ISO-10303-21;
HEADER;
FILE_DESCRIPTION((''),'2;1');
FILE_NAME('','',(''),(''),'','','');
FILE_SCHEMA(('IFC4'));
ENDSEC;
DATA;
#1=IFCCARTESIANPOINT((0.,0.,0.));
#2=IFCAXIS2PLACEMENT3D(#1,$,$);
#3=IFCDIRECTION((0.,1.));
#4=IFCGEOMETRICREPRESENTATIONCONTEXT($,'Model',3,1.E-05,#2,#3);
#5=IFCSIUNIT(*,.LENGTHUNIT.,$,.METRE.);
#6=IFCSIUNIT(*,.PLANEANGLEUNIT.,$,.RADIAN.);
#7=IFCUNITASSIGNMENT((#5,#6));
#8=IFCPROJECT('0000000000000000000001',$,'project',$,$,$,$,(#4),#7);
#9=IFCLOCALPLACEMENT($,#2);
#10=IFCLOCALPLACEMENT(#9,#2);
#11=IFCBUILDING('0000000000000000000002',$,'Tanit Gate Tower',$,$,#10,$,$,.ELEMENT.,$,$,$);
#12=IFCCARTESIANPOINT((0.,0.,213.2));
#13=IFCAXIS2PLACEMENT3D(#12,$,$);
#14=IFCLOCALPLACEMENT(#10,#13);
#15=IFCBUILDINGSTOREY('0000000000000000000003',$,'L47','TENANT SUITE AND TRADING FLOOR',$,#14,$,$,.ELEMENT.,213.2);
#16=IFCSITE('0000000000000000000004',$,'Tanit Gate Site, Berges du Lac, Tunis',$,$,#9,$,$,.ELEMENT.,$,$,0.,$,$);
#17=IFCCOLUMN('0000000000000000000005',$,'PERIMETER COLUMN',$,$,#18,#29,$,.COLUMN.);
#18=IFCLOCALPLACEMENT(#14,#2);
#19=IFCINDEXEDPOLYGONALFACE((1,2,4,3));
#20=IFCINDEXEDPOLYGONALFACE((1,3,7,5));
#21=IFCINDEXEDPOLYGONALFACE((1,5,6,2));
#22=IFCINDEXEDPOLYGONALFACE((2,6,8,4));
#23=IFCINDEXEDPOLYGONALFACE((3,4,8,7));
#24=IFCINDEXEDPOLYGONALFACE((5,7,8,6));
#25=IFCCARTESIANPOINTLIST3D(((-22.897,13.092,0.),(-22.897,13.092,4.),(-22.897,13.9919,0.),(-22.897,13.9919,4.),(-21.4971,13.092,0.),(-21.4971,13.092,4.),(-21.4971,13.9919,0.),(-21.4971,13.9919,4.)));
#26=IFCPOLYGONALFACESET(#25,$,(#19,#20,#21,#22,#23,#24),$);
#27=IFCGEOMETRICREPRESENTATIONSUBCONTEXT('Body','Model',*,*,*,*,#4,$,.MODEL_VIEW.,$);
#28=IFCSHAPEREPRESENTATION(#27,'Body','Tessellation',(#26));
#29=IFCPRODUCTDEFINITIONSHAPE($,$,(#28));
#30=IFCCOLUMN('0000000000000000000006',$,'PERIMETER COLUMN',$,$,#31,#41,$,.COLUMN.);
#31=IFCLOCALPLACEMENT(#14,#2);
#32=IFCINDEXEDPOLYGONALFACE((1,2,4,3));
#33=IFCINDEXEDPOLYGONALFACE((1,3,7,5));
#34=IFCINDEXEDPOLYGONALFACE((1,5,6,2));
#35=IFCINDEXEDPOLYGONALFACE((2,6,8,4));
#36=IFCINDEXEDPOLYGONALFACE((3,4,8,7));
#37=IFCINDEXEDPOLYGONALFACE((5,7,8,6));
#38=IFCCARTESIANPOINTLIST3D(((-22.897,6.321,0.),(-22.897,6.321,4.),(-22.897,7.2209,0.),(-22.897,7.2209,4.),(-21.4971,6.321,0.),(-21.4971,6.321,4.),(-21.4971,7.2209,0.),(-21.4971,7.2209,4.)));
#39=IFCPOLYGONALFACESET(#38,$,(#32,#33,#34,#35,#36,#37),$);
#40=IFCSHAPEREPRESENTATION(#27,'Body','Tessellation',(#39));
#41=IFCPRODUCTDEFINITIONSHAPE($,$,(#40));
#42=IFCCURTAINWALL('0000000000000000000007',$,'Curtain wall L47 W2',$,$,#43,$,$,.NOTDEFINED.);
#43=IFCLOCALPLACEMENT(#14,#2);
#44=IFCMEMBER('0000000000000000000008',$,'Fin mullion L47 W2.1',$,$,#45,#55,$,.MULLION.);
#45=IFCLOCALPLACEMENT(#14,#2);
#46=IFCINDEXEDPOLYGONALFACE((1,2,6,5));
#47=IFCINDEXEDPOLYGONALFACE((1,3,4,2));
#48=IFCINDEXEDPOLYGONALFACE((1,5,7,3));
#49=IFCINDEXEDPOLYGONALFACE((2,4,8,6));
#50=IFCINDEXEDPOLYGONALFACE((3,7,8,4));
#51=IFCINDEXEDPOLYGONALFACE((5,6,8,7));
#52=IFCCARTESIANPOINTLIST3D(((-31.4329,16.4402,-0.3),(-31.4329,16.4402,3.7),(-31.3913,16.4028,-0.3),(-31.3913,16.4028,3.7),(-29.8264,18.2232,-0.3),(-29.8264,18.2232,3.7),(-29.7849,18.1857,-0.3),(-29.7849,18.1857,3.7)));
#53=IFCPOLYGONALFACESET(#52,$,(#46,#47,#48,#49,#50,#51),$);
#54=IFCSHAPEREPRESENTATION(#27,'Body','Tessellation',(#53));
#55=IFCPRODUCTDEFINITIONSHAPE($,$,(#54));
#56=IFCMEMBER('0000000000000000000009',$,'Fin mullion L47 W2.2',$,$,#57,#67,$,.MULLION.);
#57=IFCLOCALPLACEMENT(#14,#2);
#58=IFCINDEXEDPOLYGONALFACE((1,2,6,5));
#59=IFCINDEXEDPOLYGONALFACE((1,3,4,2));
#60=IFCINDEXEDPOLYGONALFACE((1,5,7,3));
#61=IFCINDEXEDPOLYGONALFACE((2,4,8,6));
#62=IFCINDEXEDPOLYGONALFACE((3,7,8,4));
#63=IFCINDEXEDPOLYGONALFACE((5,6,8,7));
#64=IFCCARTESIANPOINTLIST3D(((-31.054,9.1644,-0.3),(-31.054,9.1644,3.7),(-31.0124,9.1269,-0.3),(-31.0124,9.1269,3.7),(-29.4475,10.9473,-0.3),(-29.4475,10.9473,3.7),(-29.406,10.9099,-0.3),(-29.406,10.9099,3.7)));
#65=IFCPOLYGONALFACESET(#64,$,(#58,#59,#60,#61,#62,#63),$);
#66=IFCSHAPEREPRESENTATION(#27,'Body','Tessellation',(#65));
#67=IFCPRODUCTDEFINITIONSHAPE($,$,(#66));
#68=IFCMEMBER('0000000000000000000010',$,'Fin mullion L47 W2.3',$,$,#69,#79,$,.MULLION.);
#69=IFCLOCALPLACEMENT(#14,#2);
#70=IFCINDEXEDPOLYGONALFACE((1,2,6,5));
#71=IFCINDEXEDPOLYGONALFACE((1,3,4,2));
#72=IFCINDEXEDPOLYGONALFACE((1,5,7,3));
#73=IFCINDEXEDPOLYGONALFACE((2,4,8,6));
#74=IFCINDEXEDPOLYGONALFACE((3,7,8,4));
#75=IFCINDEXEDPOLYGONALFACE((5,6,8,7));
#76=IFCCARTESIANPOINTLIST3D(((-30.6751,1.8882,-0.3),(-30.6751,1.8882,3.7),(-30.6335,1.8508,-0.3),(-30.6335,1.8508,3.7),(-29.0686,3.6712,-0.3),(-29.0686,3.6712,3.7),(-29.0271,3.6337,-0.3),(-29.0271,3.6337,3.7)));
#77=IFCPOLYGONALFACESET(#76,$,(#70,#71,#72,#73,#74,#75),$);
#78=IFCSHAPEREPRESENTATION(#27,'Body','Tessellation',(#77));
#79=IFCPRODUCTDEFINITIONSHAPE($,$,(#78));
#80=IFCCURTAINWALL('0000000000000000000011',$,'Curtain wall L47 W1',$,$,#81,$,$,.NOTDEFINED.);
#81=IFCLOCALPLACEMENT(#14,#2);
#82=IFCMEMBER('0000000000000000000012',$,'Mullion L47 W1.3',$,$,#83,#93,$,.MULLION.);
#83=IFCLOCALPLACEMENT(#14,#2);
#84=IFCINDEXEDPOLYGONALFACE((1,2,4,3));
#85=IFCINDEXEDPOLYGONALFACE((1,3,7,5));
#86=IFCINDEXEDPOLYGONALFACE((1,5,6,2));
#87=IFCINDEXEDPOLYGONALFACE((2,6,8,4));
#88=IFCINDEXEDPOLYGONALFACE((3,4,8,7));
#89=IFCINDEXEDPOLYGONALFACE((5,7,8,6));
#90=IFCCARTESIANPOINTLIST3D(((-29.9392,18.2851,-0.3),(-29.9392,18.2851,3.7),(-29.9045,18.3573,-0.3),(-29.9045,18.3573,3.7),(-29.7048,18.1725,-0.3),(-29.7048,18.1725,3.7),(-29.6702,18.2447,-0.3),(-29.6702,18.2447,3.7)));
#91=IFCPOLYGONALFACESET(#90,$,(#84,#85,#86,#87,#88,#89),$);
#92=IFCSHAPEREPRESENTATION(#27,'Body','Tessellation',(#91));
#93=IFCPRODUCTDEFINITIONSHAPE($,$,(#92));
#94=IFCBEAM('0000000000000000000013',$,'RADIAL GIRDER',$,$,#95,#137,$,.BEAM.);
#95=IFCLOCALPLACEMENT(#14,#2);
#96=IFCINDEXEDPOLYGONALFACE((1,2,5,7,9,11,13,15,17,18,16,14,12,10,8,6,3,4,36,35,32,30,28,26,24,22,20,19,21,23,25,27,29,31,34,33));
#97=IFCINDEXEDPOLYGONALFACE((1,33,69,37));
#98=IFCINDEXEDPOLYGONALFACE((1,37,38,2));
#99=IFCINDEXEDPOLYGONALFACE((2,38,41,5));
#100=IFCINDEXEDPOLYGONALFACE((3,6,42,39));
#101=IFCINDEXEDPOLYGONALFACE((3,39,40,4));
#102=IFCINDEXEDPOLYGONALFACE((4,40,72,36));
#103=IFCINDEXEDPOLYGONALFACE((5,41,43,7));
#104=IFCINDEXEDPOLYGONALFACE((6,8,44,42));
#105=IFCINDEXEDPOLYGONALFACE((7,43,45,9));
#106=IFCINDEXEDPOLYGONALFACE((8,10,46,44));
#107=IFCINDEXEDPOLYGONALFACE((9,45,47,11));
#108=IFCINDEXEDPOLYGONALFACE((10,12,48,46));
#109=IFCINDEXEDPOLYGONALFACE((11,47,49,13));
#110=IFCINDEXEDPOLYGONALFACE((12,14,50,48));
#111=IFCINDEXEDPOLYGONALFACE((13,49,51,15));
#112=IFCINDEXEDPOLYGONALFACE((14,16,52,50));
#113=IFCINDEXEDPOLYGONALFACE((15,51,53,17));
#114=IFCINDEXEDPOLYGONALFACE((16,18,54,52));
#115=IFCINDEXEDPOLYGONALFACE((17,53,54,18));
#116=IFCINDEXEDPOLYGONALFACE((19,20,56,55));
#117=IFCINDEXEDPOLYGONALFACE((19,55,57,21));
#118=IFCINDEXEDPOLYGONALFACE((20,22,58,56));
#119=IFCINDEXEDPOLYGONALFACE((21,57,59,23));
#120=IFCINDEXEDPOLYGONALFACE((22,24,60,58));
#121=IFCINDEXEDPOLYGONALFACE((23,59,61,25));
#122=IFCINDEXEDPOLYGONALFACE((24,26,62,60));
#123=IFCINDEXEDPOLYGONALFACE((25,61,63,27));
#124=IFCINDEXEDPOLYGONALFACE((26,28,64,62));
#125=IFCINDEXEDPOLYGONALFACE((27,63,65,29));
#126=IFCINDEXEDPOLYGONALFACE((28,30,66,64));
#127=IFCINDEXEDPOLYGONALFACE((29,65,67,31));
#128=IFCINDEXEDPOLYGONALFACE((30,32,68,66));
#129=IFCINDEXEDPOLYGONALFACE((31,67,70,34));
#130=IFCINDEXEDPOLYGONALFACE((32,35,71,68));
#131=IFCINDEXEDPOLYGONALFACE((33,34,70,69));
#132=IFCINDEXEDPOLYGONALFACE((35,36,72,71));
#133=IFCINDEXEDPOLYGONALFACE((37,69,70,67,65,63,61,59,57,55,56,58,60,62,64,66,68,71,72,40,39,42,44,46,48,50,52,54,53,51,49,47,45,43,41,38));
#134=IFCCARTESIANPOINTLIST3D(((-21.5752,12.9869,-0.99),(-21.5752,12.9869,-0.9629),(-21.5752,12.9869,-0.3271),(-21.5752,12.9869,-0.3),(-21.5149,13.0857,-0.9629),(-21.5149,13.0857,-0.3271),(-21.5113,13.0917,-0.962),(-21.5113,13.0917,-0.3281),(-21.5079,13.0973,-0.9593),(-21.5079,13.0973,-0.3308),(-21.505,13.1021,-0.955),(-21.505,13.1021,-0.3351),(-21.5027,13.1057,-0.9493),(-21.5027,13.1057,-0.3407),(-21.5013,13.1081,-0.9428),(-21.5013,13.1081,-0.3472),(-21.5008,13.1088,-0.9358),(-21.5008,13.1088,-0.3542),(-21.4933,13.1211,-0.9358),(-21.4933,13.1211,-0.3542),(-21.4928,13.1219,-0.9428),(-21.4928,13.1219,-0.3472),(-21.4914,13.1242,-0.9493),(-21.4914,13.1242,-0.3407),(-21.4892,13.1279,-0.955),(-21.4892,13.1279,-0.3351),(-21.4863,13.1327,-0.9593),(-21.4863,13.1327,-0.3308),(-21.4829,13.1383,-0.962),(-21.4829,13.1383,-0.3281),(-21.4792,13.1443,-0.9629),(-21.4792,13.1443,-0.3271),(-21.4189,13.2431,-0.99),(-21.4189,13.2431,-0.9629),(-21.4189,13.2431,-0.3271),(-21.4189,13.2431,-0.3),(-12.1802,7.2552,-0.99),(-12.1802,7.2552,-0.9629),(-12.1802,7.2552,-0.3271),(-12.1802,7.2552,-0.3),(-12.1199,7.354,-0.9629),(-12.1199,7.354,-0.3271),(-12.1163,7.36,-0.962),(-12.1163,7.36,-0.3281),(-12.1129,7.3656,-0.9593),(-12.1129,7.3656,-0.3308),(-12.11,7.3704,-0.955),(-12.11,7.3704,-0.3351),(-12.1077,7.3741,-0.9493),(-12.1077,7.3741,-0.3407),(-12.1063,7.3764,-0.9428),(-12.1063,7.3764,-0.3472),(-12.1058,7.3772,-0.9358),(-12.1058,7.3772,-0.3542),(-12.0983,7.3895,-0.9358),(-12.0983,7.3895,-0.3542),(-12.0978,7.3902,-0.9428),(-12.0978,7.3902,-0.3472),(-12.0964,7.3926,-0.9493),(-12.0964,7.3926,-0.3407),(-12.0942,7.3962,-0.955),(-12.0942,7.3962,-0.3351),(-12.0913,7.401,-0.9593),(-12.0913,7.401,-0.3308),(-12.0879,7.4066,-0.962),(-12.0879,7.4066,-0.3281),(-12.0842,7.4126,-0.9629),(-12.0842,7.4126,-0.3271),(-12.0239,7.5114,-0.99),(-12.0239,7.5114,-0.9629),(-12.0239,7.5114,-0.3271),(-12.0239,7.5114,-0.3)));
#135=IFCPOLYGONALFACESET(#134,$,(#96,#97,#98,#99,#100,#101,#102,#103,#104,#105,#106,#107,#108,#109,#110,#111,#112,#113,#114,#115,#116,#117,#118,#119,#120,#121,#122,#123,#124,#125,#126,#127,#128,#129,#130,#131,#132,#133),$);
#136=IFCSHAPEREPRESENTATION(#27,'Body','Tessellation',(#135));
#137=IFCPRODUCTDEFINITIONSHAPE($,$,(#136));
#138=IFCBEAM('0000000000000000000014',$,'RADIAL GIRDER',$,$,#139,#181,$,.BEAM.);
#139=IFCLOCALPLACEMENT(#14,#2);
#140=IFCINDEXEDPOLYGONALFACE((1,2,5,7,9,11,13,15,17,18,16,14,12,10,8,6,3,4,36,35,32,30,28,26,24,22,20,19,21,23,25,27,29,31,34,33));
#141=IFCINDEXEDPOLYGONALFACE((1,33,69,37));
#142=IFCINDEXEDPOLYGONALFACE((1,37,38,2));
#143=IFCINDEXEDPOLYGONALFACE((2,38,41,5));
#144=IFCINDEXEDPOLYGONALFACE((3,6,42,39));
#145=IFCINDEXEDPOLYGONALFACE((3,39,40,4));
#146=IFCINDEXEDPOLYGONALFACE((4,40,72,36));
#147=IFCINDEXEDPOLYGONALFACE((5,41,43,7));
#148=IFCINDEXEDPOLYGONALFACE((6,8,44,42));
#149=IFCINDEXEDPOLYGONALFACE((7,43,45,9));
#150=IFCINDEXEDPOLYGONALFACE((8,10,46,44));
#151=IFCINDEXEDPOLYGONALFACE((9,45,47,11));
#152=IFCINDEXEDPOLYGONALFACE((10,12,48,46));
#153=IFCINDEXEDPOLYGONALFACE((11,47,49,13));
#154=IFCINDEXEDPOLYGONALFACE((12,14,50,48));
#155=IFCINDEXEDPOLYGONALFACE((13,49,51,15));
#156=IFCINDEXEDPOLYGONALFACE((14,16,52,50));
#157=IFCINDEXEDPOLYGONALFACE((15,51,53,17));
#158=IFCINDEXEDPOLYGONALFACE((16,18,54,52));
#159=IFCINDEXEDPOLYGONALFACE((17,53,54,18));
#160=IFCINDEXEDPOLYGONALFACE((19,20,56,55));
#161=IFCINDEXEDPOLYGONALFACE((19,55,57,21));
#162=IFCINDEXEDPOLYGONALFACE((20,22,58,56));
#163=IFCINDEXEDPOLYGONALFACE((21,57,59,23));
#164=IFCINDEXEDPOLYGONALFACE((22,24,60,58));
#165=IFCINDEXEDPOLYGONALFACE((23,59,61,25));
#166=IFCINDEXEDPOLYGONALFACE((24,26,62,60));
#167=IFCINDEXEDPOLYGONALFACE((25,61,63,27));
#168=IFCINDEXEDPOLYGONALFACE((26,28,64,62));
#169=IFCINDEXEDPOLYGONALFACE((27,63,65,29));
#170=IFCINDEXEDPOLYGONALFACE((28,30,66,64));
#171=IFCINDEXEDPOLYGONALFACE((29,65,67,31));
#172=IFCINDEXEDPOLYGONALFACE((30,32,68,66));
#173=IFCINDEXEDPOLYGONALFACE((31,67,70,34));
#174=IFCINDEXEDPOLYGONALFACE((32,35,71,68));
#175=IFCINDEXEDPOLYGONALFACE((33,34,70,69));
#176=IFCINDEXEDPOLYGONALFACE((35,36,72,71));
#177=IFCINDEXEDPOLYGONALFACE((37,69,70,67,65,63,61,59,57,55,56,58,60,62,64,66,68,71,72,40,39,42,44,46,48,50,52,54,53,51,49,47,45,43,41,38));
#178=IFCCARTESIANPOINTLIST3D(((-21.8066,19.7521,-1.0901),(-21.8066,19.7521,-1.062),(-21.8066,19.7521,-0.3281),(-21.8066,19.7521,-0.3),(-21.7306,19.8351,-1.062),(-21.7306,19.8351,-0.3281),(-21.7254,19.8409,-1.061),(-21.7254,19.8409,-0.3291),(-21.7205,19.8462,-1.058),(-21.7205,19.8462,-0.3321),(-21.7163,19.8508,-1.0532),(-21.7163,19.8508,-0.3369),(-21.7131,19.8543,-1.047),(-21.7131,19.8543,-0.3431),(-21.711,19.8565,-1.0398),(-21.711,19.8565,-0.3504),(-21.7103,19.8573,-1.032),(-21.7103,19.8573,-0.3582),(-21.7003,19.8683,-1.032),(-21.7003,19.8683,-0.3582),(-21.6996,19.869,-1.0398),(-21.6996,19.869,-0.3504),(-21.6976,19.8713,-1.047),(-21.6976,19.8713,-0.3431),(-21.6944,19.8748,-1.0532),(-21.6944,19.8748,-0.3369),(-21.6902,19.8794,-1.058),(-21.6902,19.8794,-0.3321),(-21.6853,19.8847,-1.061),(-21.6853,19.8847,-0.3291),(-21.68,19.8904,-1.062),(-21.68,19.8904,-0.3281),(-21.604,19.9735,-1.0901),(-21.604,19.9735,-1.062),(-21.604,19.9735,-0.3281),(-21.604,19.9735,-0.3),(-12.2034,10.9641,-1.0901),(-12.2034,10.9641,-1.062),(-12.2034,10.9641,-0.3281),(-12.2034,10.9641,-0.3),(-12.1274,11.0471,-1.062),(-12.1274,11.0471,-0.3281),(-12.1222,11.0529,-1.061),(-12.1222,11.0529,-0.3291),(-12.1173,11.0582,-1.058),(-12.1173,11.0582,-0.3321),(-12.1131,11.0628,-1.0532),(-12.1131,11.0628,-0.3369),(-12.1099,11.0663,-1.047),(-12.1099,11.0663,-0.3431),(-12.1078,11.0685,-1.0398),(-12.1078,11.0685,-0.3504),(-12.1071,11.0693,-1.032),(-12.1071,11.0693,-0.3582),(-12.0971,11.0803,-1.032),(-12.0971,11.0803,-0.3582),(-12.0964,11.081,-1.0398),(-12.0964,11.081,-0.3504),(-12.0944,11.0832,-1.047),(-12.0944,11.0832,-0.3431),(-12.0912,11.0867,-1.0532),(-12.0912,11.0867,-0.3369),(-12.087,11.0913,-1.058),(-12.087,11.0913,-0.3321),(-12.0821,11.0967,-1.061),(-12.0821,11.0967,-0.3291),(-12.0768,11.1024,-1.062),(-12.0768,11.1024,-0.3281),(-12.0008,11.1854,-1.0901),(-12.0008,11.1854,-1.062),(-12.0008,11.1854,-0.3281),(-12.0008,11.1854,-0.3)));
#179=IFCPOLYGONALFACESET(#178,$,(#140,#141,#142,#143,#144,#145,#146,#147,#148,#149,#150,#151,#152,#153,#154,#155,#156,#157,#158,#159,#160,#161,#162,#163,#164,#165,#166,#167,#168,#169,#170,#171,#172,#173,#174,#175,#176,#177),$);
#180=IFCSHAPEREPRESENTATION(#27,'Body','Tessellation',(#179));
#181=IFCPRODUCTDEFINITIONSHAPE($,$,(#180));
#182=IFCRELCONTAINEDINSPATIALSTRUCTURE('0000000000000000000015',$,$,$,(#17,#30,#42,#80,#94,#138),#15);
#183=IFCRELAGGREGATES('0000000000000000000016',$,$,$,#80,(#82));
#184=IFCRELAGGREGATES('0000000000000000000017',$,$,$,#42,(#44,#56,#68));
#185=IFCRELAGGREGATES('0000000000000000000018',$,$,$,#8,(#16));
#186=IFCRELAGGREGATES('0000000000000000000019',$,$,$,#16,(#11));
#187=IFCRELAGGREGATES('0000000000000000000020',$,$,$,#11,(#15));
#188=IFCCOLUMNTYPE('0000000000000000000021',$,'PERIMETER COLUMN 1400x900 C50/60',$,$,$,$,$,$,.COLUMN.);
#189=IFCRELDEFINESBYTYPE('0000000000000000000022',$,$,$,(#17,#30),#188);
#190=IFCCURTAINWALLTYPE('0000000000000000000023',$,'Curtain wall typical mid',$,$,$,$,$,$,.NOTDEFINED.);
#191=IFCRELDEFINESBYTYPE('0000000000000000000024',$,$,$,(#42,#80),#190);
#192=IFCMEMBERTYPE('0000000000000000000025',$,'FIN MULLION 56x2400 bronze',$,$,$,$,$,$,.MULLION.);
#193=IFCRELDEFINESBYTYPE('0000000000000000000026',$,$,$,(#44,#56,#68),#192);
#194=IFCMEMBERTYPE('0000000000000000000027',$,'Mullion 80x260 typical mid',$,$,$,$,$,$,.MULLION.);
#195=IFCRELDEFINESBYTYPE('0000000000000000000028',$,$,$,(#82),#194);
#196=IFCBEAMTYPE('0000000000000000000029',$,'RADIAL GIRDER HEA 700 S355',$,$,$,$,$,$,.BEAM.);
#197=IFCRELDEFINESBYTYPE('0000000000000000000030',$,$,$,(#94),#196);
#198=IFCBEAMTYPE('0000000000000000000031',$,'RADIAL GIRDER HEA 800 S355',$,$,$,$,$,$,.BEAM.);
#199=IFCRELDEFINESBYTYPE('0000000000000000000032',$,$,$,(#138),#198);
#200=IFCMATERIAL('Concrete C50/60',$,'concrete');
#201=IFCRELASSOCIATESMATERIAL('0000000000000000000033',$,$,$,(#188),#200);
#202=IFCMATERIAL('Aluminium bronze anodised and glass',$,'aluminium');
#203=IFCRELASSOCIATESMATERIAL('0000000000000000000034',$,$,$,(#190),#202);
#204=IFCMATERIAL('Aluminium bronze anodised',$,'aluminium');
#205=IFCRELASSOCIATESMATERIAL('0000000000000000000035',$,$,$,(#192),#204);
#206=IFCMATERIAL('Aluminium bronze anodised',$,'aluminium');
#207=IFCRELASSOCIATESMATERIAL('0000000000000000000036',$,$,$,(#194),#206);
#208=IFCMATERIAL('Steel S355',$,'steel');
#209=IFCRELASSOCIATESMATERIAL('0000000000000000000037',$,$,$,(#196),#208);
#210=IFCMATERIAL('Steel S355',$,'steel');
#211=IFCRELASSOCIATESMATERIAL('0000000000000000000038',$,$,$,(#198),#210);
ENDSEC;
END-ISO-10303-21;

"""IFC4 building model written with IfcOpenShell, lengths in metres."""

from ifc_helpers import new_model, si_unit, direction, frame, origin, origin_2d, place, context, subcontext, project, spatial, rectangle, i_section, extrude, material, material_profile, profile_set, type_object, element, aggregate, save


model = new_model("IFC4")

# Units and contexts
model_context = context("Model", 3, precision=1e-05, world=origin(), true_north=direction((0.0, 1.0)))
body_context = subcontext(model_context, "Body", "Model", "MODEL_VIEW")
ifc_project = project(units=[si_unit("LENGTHUNIT", "METRE"), si_unit("PLANEANGLEUNIT", "RADIAN")], contexts=[model_context])

# Site, building, storey
site_placement = place(None, origin())
site = spatial("IfcSite", under=ifc_project, at=site_placement, Name="Tanit Gate Site, Berges du Lac, Tunis", CompositionType="ELEMENT", RefElevation=0.0)
building_placement = place(site_placement, origin())
building = spatial("IfcBuilding", under=site, at=building_placement, Name="Tanit Gate Tower", CompositionType="ELEMENT")
storey_placement = place(building_placement, frame((0.0, 0.0, 213.2)))
storey = spatial("IfcBuildingStorey", under=building, at=storey_placement, Name="L47", Description="TENANT SUITE AND TRADING FLOOR", CompositionType="ELEMENT", Elevation=213.2)

# Columns
ifc_material_1 = material(Name="Concrete C50/60", Category="concrete")
ifc_material_profile_1 = material_profile(ifc_material_1, rectangle(XDim=1.3999, YDim=0.8999, at=origin_2d()), Name="RC 1400x900")
ifc_profile_set_1 = profile_set([ifc_material_profile_1], Name="Concrete C50/60")
column_type = type_object("IfcColumnType", Name="PERIMETER COLUMN 1400x900 C50/60", PredefinedType="COLUMN", material=ifc_profile_set_1)
for number, where, z_axis, x_axis, name in (
    (1, (-22.197, 13.542, 0.0), (0.0, 0.0, 1.0), (-1.0, 0.0, 0.0), "PERIMETER COLUMN"),
    (2, (-22.197, 6.771, 0.0), (0.0, 0.0, 1.0), (-1.0, 0.0, 0.0), "PERIMETER COLUMN"),
):
    element("IfcColumn", number, at=place(storey_placement, frame(where, z_axis=z_axis, x_axis=x_axis)), inside=storey, type_object=column_type, Name=name, PredefinedType="COLUMN", context=body_context, shape_type="SweptSolid", body=[
        extrude(rectangle(XDim=1.3999, YDim=0.8999, at=origin_2d()), origin(), (0.0, 0.0, 1.0), 4.0),
    ])

# Curtain wall, members
ifc_material_2 = material(Name="Aluminium bronze anodised and glass", Category="aluminium")
curtain_wall_type = type_object("IfcCurtainWallType", Name="Curtain wall typical mid", PredefinedType="NOTDEFINED", material=ifc_material_2)
curtain_wall_1_placement = place(storey_placement, origin())
curtain_wall_1 = element("IfcCurtainWall", 3, at=curtain_wall_1_placement, inside=storey, type_object=curtain_wall_type, Name="Curtain wall L47 W2", PredefinedType="NOTDEFINED")
ifc_material_3 = material(Name="Aluminium bronze anodised", Category="aluminium")
ifc_material_profile_2 = material_profile(ifc_material_3, rectangle(XDim=2.3999, YDim=0.0559, at=origin_2d()), Name="56x2400 bronze fin mullion")
ifc_profile_set_2 = profile_set([ifc_material_profile_2], Name="Aluminium bronze anodised")
member_type_1 = type_object("IfcMemberType", Name="FIN MULLION 56x2400 bronze", PredefinedType="MULLION", material=ifc_profile_set_2)
member_1_placement = place(storey_placement, frame((-30.6089, 17.313, -0.3), z_axis=(0.0, 0.0, 1.0), x_axis=(0.669378, 0.742922, 0.0)))
member_1 = element("IfcMember", 4, at=member_1_placement, type_object=member_type_1, Name="Fin mullion L47 W2.1", PredefinedType="MULLION", context=body_context, shape_type="SweptSolid", body=[
    extrude(rectangle(XDim=2.3999, YDim=0.0559, at=origin_2d()), origin(), (0.0, 0.0, 1.0), 4.0),
])
member_2_placement = place(storey_placement, frame((-30.23, 10.0371, -0.3), z_axis=(0.0, 0.0, 1.0), x_axis=(0.669378, 0.742922, 0.0)))
member_2 = element("IfcMember", 5, at=member_2_placement, type_object=member_type_1, Name="Fin mullion L47 W2.2", PredefinedType="MULLION", context=body_context, shape_type="SweptSolid", body=[
    extrude(rectangle(XDim=2.3999, YDim=0.0559, at=origin_2d()), origin(), (0.0, 0.0, 1.0), 4.0),
])
member_3_placement = place(storey_placement, frame((-29.8511, 2.761, -0.3), z_axis=(0.0, 0.0, 1.0), x_axis=(0.669378, 0.742922, 0.0)))
member_3 = element("IfcMember", 6, at=member_3_placement, type_object=member_type_1, Name="Fin mullion L47 W2.3", PredefinedType="MULLION", context=body_context, shape_type="SweptSolid", body=[
    extrude(rectangle(XDim=2.3999, YDim=0.0559, at=origin_2d()), origin(), (0.0, 0.0, 1.0), 4.0),
])

# Curtain wall, member
curtain_wall_2_placement = place(storey_placement, origin())
curtain_wall_2 = element("IfcCurtainWall", 7, at=curtain_wall_2_placement, inside=storey, type_object=curtain_wall_type, Name="Curtain wall L47 W1", PredefinedType="NOTDEFINED")
ifc_material_4 = material(Name="Aluminium bronze anodised", Category="aluminium")
ifc_material_profile_3 = material_profile(ifc_material_4, rectangle(XDim=0.26, YDim=0.0801, at=origin_2d()), Name="80x260 bronze mullion")
ifc_profile_set_3 = profile_set([ifc_material_profile_3], Name="Aluminium bronze anodised")
member_type_2 = type_object("IfcMemberType", Name="Mullion 80x260 typical mid", PredefinedType="MULLION", material=ifc_profile_set_3)
member_4_placement = place(storey_placement, frame((-29.8047, 18.2649, -0.3), z_axis=(0.0, 0.0, 1.0), x_axis=(0.901367, -0.433057, 0.0)))
member_4 = element("IfcMember", 8, at=member_4_placement, type_object=member_type_2, Name="Mullion L47 W1.3", PredefinedType="MULLION", context=body_context, shape_type="SweptSolid", body=[
    extrude(rectangle(XDim=0.26, YDim=0.0801, at=origin_2d()), origin(), (0.0, 0.0, 1.0), 4.0),
])
aggregate(curtain_wall_2, [member_4])

# Beams
ifc_material_5 = material(Name="Steel S355", Category="steel")
ifc_material_profile_4 = material_profile(ifc_material_5, i_section(OverallWidth=0.3, OverallDepth=0.6899, WebThickness=0.0144, FlangeThickness=0.0271, FilletRadius=0.0271, at=origin_2d()), Name="HEA 700")
ifc_profile_set_4 = profile_set([ifc_material_profile_4], Name="Steel S355")
beam_type_1 = type_object("IfcBeamType", Name="RADIAL GIRDER HEA 700 S355", PredefinedType="BEAM", material=ifc_profile_set_4)
beam_1_placement = place(storey_placement, frame((-21.4971, 13.115, -0.645), z_axis=(0.853674, -0.520807, 0.0), x_axis=(0.520807, 0.853674, 0.0)))
element("IfcBeam", 9, at=beam_1_placement, inside=storey, type_object=beam_type_1, Name="RADIAL GIRDER", PredefinedType="BEAM", context=body_context, shape_type="SweptSolid", body=[
    extrude(i_section(OverallWidth=0.3, OverallDepth=0.6899, WebThickness=0.0144, FlangeThickness=0.0271, FilletRadius=0.0271, at=origin_2d()), origin(), (0.0, 0.0, 1.0), 11.0054),
])
ifc_material_6 = material(Name="Steel S355", Category="steel")
ifc_material_profile_5 = material_profile(ifc_material_6, i_section(OverallWidth=0.3, OverallDepth=0.79, WebThickness=0.0149, FlangeThickness=0.0281, FilletRadius=0.03, at=origin_2d()), Name="HEA 800")
ifc_profile_set_5 = profile_set([ifc_material_profile_5], Name="Steel S355")
beam_type_2 = type_object("IfcBeamType", Name="RADIAL GIRDER HEA 800 S355", PredefinedType="BEAM", material=ifc_profile_set_5)
beam_2_placement = place(storey_placement, frame((-21.7053, 19.8628, -0.6951), z_axis=(0.737725, -0.675102, 0.0), x_axis=(0.675102, 0.737725, 0.0)))
element("IfcBeam", 10, at=beam_2_placement, inside=storey, type_object=beam_type_2, Name="RADIAL GIRDER", PredefinedType="BEAM", context=body_context, shape_type="SweptSolid", body=[
    extrude(i_section(OverallWidth=0.3, OverallDepth=0.79, WebThickness=0.0149, FlangeThickness=0.0281, FilletRadius=0.03, at=origin_2d()), origin(), (0.0, 0.0, 1.0), 13.0173),
])

aggregate(curtain_wall_1, [member_1, member_2, member_3])

save(model, "model.ifc")
